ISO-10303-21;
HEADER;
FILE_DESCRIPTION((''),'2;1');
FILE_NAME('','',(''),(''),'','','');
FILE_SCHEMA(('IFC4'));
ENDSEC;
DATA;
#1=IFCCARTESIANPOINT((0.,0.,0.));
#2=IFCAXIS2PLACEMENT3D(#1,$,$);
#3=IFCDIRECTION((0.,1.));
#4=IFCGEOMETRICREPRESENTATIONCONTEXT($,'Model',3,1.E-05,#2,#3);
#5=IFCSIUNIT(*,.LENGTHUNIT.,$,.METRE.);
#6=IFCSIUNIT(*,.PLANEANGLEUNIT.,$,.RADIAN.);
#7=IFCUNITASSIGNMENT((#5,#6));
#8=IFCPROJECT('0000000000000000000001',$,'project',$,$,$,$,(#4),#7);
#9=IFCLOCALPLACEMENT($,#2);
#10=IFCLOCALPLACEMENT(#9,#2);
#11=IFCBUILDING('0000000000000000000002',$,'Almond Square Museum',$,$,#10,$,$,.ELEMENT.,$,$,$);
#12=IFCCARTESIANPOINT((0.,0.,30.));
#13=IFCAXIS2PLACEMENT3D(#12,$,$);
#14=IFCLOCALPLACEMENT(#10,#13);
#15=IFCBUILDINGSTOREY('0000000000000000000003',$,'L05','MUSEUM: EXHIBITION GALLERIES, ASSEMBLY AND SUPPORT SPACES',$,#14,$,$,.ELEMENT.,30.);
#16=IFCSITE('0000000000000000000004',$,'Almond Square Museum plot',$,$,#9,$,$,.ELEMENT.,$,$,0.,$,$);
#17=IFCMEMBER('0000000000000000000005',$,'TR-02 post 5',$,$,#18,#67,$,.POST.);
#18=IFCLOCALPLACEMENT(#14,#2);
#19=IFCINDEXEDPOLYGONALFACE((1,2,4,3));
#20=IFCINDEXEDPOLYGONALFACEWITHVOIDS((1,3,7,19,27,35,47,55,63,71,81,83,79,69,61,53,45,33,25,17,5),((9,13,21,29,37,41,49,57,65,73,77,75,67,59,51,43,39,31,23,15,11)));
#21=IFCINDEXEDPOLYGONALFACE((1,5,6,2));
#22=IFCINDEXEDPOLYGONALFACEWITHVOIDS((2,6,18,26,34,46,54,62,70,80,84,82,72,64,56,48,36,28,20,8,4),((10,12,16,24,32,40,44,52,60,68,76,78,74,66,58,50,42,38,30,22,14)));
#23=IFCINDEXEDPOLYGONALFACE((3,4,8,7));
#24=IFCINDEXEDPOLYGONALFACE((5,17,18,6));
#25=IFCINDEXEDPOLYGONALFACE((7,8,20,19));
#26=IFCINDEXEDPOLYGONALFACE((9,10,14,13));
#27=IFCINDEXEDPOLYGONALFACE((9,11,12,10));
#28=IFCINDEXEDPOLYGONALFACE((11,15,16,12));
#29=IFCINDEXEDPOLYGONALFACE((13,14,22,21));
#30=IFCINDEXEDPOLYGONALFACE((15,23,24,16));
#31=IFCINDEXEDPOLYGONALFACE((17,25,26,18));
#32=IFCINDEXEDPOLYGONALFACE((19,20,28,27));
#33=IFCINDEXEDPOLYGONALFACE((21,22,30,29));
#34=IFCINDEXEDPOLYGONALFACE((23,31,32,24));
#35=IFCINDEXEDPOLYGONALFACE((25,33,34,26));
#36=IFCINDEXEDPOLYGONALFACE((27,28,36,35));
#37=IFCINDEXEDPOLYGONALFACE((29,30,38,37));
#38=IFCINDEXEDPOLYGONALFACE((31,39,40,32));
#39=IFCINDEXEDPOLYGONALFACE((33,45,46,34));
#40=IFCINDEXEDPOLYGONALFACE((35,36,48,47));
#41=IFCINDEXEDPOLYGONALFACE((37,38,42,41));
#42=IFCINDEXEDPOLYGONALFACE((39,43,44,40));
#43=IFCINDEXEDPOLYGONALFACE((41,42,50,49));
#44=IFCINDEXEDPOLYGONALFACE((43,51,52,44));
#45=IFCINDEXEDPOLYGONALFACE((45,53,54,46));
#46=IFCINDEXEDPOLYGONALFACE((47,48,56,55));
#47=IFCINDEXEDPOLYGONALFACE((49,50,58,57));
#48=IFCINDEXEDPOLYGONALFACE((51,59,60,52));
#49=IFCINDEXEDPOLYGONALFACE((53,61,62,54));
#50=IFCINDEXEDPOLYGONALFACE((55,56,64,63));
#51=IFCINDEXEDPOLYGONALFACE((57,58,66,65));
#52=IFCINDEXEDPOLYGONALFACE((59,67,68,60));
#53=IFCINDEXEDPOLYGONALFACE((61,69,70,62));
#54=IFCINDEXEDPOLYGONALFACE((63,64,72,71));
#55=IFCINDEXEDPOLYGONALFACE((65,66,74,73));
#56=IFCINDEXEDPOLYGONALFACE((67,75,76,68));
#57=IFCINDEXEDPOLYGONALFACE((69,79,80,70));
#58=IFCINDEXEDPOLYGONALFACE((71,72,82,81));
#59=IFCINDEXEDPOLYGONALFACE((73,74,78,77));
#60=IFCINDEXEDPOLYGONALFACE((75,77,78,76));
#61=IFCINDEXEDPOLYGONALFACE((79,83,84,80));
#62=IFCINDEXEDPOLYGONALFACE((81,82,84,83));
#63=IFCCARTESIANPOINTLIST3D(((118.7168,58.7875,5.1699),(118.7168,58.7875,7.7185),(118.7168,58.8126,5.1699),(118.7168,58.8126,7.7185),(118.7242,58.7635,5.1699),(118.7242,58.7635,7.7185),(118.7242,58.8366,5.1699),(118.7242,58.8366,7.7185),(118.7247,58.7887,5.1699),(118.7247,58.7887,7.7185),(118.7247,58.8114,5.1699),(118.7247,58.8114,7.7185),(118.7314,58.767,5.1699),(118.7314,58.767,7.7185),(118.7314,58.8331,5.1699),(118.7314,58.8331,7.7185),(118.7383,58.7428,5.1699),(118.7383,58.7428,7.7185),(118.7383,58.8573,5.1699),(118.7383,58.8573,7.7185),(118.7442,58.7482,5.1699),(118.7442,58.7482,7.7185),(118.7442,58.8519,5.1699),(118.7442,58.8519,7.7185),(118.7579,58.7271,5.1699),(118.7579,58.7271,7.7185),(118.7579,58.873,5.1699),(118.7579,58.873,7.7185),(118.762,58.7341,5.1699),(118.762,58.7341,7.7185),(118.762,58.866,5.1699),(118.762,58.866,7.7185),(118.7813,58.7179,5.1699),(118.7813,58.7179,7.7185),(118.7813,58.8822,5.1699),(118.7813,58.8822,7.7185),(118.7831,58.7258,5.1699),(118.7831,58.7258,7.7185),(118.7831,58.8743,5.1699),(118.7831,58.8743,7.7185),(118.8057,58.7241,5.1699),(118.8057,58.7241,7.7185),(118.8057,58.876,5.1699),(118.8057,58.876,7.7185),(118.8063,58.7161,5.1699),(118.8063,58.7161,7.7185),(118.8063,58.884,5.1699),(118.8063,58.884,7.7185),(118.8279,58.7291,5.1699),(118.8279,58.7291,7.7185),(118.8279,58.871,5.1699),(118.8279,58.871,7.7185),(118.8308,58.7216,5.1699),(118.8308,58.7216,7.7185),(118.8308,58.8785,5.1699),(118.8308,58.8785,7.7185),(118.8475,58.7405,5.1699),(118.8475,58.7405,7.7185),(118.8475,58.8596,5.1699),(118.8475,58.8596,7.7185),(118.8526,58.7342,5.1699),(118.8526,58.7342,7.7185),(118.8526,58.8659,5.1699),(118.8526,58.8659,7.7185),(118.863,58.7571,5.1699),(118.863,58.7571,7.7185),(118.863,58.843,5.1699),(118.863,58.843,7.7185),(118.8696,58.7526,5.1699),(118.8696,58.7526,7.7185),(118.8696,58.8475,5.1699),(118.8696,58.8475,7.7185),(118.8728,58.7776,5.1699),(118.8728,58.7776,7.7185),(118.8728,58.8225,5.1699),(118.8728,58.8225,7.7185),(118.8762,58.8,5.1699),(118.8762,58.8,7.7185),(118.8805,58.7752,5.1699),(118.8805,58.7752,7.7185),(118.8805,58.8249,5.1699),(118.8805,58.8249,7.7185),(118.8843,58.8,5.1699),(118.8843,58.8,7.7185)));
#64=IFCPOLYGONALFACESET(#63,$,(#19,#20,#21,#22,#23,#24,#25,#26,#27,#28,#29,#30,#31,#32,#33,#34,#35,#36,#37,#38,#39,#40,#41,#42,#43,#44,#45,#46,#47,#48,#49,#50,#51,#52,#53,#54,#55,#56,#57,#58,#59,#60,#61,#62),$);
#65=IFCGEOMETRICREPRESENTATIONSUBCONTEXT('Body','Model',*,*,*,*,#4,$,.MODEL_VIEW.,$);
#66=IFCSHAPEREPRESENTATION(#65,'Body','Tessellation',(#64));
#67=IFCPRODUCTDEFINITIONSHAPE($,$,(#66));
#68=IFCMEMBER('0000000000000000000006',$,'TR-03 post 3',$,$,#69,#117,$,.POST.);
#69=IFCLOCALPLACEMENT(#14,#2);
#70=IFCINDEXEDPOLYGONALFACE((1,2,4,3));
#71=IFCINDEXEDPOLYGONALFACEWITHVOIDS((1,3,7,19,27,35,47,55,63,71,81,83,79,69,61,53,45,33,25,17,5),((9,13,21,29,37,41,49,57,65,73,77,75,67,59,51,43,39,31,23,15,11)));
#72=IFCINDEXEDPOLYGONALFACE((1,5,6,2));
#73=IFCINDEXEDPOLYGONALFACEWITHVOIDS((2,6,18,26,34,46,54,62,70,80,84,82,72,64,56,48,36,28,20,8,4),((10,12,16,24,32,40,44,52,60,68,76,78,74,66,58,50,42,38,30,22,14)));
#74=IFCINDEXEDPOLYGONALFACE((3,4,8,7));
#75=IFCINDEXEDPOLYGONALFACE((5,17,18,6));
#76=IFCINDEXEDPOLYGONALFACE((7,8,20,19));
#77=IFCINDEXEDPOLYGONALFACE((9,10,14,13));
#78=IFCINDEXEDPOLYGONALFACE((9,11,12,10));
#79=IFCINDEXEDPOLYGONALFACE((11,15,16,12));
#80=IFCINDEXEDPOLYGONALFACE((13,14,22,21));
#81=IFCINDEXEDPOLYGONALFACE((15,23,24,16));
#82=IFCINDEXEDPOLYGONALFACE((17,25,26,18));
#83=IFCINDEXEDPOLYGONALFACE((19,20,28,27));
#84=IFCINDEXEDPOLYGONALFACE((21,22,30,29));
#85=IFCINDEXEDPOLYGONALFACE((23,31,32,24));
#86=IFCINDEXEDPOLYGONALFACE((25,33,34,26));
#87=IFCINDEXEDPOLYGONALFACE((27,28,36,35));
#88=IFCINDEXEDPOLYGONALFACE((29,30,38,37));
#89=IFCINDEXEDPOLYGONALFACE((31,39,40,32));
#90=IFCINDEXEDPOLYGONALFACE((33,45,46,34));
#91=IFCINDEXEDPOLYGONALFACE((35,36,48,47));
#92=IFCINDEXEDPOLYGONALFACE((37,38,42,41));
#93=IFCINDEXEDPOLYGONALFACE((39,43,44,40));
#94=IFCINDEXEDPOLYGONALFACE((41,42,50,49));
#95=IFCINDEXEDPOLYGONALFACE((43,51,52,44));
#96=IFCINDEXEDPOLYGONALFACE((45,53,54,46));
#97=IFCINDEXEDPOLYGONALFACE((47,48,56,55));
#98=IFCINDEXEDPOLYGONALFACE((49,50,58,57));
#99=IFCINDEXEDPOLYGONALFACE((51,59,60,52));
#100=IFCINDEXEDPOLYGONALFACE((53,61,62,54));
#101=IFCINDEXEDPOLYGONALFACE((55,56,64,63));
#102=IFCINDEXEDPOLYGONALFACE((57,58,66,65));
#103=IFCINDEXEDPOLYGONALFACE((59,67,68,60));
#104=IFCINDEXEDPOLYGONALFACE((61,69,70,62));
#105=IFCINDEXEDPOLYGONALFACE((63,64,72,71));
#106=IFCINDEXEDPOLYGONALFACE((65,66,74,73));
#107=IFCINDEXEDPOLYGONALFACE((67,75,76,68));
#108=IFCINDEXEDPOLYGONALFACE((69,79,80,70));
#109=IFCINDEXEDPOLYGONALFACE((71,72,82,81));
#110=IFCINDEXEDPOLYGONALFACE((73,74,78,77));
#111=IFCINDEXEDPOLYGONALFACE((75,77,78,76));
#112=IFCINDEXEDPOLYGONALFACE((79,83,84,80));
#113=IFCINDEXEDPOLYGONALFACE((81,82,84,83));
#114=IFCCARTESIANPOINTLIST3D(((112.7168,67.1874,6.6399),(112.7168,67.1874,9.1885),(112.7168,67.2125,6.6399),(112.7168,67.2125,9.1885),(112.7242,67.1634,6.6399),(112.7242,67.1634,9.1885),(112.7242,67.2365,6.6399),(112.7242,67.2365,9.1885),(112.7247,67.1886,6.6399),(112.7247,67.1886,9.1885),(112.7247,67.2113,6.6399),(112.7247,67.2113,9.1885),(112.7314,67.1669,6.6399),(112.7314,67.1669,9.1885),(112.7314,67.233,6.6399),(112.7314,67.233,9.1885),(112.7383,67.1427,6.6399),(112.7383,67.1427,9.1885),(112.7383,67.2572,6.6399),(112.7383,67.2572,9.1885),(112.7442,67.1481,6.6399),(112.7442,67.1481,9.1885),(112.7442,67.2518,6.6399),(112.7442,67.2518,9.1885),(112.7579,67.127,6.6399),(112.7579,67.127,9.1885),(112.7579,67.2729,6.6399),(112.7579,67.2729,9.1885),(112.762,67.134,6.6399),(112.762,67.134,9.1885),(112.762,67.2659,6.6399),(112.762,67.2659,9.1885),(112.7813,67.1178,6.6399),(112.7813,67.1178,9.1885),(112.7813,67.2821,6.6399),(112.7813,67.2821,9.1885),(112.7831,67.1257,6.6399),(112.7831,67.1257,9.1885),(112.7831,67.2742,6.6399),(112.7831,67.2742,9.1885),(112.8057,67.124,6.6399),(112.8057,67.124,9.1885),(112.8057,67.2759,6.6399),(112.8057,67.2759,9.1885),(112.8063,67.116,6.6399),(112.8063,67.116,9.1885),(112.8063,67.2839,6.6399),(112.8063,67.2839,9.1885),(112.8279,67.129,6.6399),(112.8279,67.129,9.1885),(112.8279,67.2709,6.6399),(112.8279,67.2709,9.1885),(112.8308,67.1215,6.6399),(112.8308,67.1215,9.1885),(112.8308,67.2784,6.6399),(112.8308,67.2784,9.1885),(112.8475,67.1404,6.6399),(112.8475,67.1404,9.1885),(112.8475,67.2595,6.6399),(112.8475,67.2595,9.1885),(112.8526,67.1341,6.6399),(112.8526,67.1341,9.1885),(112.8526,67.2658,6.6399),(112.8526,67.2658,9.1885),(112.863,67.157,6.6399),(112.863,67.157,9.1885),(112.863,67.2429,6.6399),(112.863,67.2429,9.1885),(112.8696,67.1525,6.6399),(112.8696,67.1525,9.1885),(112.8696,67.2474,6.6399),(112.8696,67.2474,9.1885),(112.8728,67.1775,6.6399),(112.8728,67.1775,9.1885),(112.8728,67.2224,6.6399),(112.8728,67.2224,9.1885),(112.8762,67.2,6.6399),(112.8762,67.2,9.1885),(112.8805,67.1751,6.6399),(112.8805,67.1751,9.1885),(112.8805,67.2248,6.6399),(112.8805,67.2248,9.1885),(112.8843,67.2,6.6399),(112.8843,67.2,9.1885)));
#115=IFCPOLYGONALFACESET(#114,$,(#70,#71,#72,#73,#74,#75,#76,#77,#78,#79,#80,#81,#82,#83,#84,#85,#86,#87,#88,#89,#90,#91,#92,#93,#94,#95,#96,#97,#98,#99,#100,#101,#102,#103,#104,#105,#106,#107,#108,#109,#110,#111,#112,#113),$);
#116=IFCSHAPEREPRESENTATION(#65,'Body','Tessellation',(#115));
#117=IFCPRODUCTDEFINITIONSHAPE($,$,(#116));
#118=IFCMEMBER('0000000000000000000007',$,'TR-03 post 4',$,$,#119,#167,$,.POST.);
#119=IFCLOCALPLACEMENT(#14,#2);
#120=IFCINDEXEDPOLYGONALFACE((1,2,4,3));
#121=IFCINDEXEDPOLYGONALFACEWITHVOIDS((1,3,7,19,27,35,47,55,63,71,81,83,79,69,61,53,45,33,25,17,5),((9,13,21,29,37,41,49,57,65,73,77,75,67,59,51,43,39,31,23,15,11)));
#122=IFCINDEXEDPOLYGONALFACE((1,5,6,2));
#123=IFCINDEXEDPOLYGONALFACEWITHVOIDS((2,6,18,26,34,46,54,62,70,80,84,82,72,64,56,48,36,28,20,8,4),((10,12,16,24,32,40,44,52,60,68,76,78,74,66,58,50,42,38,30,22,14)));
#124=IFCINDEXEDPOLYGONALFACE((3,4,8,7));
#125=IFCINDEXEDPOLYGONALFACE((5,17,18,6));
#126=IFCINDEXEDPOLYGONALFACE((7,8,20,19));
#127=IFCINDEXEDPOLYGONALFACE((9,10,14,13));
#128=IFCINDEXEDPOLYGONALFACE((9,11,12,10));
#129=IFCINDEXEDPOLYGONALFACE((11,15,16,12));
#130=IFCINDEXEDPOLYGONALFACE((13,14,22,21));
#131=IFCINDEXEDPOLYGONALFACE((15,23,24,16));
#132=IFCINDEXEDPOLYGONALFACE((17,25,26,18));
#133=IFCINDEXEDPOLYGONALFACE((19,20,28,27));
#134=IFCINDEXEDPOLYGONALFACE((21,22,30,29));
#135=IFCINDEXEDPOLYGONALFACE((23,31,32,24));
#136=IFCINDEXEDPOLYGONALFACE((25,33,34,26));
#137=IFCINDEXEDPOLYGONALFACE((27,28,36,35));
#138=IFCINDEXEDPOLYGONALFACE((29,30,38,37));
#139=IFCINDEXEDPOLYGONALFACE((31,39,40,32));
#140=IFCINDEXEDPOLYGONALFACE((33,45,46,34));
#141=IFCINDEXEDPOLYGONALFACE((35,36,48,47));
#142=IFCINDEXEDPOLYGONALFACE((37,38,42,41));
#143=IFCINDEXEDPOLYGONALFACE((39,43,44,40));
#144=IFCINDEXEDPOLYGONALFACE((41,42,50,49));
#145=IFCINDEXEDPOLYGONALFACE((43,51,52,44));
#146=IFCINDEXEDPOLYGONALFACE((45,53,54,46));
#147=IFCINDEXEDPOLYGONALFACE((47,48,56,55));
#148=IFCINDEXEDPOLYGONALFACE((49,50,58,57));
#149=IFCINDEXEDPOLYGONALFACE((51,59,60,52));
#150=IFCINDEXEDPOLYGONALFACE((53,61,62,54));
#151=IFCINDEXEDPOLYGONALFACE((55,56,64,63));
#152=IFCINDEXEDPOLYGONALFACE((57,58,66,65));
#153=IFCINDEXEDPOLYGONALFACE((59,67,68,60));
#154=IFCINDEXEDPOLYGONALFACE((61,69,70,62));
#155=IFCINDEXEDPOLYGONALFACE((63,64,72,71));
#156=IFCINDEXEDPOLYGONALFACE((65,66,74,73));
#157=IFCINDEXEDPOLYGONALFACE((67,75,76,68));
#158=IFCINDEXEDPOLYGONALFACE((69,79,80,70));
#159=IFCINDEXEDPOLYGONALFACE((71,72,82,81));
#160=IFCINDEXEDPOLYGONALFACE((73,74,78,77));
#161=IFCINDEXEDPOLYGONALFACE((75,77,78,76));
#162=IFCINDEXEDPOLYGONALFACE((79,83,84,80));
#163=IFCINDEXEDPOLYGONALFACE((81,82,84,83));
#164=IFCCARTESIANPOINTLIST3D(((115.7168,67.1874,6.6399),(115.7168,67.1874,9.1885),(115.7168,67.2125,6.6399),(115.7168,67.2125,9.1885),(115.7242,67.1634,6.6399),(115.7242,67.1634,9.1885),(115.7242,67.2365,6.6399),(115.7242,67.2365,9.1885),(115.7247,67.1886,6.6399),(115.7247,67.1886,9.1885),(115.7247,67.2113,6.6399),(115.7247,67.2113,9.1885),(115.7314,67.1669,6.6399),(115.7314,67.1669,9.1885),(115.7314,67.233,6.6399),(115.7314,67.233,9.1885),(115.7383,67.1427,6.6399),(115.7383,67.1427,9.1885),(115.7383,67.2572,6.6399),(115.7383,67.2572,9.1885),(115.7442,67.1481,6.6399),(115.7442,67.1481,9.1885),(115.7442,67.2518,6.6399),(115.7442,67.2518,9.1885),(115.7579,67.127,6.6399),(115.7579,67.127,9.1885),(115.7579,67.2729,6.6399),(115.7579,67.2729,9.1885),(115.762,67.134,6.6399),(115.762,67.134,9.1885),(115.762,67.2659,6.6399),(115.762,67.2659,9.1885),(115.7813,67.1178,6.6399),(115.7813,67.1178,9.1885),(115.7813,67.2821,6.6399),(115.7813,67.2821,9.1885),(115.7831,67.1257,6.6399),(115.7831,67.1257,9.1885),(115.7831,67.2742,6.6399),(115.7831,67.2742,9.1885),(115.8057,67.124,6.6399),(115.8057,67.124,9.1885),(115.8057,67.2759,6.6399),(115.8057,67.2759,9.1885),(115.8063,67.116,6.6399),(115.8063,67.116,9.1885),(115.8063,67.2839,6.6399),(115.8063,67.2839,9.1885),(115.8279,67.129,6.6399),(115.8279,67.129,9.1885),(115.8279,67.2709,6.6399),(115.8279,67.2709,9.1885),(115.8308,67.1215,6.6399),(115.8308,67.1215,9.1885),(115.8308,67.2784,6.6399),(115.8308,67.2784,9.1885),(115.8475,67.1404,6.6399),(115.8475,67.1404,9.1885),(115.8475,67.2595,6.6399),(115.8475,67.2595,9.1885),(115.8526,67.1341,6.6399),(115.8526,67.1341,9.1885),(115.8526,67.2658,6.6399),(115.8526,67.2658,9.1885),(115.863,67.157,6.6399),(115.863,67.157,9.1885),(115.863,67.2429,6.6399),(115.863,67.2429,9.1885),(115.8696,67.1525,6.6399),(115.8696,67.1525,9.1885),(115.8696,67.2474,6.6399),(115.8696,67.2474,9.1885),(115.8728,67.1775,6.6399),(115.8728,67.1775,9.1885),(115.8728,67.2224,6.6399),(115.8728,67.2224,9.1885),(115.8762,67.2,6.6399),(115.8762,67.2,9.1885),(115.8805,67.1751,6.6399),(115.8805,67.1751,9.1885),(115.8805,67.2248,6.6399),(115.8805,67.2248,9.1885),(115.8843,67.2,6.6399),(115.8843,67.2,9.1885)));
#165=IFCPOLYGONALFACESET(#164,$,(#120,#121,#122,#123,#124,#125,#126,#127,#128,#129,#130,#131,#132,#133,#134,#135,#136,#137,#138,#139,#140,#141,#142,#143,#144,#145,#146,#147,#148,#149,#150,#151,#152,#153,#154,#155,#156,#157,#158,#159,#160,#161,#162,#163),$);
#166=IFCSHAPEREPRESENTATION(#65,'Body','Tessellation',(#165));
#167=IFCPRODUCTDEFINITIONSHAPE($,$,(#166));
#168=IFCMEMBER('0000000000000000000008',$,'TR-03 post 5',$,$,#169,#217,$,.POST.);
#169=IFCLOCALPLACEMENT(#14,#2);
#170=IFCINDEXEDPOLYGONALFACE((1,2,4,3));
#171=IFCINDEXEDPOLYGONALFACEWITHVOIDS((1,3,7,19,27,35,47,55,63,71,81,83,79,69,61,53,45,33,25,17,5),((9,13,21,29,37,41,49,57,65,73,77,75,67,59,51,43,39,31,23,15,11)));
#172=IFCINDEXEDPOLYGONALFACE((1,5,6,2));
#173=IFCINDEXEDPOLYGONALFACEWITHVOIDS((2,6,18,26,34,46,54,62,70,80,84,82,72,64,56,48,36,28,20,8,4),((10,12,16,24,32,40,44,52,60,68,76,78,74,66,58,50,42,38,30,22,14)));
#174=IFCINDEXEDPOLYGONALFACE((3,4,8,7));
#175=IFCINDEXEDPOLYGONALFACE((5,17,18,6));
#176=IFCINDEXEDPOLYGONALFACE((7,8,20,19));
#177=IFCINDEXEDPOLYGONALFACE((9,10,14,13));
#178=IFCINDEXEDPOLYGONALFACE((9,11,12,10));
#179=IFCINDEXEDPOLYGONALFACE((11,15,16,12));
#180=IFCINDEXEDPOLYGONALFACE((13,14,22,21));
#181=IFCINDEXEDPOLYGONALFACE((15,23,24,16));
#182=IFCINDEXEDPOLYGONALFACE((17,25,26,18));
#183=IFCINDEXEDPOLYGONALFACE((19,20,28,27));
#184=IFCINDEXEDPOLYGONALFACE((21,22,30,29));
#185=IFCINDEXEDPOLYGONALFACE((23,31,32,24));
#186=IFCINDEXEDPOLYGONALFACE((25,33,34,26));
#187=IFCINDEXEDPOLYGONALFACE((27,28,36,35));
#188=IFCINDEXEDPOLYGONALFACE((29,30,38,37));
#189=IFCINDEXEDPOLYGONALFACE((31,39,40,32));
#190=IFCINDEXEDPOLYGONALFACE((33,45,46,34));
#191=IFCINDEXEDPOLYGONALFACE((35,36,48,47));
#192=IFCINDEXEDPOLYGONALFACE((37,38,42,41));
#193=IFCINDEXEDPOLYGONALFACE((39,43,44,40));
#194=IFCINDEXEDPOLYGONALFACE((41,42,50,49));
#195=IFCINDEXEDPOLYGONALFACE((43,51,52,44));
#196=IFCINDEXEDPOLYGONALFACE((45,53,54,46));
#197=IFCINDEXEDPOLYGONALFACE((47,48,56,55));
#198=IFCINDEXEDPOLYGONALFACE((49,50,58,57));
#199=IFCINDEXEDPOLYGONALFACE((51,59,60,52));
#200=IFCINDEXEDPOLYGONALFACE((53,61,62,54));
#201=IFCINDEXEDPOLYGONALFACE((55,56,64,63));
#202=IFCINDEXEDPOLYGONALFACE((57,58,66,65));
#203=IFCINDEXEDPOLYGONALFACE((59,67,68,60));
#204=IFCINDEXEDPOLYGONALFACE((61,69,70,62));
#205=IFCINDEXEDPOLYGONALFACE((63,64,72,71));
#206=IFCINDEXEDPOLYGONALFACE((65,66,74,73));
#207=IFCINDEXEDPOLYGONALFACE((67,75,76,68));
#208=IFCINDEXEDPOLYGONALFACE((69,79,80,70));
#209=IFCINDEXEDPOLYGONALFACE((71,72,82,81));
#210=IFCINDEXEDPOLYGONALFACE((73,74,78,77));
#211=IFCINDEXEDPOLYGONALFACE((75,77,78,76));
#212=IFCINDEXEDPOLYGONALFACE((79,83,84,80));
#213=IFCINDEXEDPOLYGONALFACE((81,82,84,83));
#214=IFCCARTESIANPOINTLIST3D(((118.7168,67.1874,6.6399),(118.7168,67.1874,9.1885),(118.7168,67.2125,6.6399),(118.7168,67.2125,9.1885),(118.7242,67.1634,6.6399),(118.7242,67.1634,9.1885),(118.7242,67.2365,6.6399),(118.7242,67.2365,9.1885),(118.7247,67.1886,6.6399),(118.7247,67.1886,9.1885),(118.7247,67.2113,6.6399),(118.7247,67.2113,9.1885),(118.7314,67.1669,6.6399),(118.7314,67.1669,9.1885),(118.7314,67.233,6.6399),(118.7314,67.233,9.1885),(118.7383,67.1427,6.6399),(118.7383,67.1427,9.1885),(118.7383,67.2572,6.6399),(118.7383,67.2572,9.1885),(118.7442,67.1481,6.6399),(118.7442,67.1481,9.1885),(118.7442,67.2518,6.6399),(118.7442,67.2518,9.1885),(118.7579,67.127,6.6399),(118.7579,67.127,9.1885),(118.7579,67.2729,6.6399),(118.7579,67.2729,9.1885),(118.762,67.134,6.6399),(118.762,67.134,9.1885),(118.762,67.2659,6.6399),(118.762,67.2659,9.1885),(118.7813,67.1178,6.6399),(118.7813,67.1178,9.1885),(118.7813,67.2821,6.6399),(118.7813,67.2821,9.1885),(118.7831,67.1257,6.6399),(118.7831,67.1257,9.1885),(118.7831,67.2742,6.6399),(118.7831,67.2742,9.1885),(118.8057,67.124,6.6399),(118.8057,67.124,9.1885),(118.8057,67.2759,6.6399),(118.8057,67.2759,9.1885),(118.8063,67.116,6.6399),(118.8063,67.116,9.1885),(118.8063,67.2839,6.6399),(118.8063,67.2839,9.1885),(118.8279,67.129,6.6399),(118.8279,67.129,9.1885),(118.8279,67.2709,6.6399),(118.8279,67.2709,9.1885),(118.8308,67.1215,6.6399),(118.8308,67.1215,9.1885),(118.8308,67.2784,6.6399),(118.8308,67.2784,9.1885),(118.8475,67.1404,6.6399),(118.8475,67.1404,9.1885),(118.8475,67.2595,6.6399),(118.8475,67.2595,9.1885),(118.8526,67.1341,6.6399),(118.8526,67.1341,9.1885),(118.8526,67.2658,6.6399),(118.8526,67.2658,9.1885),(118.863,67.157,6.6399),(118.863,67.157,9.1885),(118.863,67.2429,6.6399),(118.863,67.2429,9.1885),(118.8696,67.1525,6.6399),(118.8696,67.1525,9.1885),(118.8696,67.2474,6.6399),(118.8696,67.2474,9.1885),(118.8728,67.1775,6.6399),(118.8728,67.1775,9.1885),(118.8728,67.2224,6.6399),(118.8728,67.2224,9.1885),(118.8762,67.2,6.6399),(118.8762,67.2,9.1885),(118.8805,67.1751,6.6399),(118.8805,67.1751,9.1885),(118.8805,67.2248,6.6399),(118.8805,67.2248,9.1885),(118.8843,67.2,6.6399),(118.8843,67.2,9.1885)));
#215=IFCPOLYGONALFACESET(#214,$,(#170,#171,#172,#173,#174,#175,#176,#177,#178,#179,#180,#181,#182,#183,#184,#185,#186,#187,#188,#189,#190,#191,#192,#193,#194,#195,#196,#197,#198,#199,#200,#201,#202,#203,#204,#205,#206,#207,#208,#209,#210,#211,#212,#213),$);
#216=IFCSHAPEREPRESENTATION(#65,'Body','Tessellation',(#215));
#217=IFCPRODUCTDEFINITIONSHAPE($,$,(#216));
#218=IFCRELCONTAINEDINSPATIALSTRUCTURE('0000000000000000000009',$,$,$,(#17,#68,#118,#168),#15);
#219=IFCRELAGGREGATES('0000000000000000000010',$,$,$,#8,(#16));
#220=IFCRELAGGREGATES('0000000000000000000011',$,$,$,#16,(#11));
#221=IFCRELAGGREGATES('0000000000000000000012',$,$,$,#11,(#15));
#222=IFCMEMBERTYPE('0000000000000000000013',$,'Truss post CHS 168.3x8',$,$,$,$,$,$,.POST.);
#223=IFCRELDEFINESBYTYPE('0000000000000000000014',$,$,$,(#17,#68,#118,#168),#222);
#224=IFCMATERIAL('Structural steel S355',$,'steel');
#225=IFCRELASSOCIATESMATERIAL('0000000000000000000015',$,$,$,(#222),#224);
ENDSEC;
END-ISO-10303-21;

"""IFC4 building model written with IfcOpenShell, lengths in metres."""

from ifc_helpers import new_model, si_unit, direction, frame, origin, origin_2d, place, context, subcontext, project, spatial, hollow_circle, extrude, material, material_profile, profile_set, type_object, element, save


model = new_model("IFC4")

# Units and contexts
model_context = context("Model", 3, precision=1e-05, world=origin(), true_north=direction((0.0, 1.0)))
body_context = subcontext(model_context, "Body", "Model", "MODEL_VIEW")
ifc_project = project(units=[si_unit("LENGTHUNIT", "METRE"), si_unit("PLANEANGLEUNIT", "RADIAN")], contexts=[model_context])

# Site, building, storey
site_placement = place(None, origin())
site = spatial("IfcSite", under=ifc_project, at=site_placement, Name="Almond Square Museum plot", CompositionType="ELEMENT", RefElevation=0.0)
building_placement = place(site_placement, origin())
building = spatial("IfcBuilding", under=site, at=building_placement, Name="Almond Square Museum", CompositionType="ELEMENT")
storey_placement = place(building_placement, frame((0.0, 0.0, 30.0)))
storey = spatial("IfcBuildingStorey", under=building, at=storey_placement, Name="L05", Description="MUSEUM: EXHIBITION GALLERIES, ASSEMBLY AND SUPPORT SPACES", CompositionType="ELEMENT", Elevation=30.0)

# Members
ifc_material_1 = material(Name="Structural steel S355", Category="steel")
ifc_material_profile_1 = material_profile(ifc_material_1, hollow_circle(Radius=0.0842, WallThickness=0.0081, at=origin_2d()))
ifc_profile_set_1 = profile_set([ifc_material_profile_1], Name="Structural steel S355")
member_type_1 = type_object("IfcMemberType", Name="Truss post CHS 168.3x8", PredefinedType="POST", material=ifc_profile_set_1)
for number, where, z_axis, x_axis, name in (
    (1, (118.8, 58.8, 5.1699), (0.0, 0.0, 1.0), (1.0, 0.0, 0.0), "TR-02 post 5"),
    (2, (112.8, 67.2, 6.6399), (0.0, 0.0, 1.0), (1.0, 0.0, 0.0), "TR-03 post 3"),
    (3, (115.8, 67.2, 6.6399), (0.0, 0.0, 1.0), (1.0, 0.0, 0.0), "TR-03 post 4"),
    (4, (118.8, 67.2, 6.6399), (0.0, 0.0, 1.0), (1.0, 0.0, 0.0), "TR-03 post 5"),
):
    element("IfcMember", number, at=place(storey_placement, frame(where, z_axis=z_axis, x_axis=x_axis)), inside=storey, type_object=member_type_1, Name=name, PredefinedType="POST", context=body_context, shape_type="SweptSolid", body=[
        extrude(hollow_circle(Radius=0.0842, WallThickness=0.0081, at=origin_2d()), origin(), (0.0, 0.0, 1.0), 2.5486),
    ])

save(model, "model.ifc")
